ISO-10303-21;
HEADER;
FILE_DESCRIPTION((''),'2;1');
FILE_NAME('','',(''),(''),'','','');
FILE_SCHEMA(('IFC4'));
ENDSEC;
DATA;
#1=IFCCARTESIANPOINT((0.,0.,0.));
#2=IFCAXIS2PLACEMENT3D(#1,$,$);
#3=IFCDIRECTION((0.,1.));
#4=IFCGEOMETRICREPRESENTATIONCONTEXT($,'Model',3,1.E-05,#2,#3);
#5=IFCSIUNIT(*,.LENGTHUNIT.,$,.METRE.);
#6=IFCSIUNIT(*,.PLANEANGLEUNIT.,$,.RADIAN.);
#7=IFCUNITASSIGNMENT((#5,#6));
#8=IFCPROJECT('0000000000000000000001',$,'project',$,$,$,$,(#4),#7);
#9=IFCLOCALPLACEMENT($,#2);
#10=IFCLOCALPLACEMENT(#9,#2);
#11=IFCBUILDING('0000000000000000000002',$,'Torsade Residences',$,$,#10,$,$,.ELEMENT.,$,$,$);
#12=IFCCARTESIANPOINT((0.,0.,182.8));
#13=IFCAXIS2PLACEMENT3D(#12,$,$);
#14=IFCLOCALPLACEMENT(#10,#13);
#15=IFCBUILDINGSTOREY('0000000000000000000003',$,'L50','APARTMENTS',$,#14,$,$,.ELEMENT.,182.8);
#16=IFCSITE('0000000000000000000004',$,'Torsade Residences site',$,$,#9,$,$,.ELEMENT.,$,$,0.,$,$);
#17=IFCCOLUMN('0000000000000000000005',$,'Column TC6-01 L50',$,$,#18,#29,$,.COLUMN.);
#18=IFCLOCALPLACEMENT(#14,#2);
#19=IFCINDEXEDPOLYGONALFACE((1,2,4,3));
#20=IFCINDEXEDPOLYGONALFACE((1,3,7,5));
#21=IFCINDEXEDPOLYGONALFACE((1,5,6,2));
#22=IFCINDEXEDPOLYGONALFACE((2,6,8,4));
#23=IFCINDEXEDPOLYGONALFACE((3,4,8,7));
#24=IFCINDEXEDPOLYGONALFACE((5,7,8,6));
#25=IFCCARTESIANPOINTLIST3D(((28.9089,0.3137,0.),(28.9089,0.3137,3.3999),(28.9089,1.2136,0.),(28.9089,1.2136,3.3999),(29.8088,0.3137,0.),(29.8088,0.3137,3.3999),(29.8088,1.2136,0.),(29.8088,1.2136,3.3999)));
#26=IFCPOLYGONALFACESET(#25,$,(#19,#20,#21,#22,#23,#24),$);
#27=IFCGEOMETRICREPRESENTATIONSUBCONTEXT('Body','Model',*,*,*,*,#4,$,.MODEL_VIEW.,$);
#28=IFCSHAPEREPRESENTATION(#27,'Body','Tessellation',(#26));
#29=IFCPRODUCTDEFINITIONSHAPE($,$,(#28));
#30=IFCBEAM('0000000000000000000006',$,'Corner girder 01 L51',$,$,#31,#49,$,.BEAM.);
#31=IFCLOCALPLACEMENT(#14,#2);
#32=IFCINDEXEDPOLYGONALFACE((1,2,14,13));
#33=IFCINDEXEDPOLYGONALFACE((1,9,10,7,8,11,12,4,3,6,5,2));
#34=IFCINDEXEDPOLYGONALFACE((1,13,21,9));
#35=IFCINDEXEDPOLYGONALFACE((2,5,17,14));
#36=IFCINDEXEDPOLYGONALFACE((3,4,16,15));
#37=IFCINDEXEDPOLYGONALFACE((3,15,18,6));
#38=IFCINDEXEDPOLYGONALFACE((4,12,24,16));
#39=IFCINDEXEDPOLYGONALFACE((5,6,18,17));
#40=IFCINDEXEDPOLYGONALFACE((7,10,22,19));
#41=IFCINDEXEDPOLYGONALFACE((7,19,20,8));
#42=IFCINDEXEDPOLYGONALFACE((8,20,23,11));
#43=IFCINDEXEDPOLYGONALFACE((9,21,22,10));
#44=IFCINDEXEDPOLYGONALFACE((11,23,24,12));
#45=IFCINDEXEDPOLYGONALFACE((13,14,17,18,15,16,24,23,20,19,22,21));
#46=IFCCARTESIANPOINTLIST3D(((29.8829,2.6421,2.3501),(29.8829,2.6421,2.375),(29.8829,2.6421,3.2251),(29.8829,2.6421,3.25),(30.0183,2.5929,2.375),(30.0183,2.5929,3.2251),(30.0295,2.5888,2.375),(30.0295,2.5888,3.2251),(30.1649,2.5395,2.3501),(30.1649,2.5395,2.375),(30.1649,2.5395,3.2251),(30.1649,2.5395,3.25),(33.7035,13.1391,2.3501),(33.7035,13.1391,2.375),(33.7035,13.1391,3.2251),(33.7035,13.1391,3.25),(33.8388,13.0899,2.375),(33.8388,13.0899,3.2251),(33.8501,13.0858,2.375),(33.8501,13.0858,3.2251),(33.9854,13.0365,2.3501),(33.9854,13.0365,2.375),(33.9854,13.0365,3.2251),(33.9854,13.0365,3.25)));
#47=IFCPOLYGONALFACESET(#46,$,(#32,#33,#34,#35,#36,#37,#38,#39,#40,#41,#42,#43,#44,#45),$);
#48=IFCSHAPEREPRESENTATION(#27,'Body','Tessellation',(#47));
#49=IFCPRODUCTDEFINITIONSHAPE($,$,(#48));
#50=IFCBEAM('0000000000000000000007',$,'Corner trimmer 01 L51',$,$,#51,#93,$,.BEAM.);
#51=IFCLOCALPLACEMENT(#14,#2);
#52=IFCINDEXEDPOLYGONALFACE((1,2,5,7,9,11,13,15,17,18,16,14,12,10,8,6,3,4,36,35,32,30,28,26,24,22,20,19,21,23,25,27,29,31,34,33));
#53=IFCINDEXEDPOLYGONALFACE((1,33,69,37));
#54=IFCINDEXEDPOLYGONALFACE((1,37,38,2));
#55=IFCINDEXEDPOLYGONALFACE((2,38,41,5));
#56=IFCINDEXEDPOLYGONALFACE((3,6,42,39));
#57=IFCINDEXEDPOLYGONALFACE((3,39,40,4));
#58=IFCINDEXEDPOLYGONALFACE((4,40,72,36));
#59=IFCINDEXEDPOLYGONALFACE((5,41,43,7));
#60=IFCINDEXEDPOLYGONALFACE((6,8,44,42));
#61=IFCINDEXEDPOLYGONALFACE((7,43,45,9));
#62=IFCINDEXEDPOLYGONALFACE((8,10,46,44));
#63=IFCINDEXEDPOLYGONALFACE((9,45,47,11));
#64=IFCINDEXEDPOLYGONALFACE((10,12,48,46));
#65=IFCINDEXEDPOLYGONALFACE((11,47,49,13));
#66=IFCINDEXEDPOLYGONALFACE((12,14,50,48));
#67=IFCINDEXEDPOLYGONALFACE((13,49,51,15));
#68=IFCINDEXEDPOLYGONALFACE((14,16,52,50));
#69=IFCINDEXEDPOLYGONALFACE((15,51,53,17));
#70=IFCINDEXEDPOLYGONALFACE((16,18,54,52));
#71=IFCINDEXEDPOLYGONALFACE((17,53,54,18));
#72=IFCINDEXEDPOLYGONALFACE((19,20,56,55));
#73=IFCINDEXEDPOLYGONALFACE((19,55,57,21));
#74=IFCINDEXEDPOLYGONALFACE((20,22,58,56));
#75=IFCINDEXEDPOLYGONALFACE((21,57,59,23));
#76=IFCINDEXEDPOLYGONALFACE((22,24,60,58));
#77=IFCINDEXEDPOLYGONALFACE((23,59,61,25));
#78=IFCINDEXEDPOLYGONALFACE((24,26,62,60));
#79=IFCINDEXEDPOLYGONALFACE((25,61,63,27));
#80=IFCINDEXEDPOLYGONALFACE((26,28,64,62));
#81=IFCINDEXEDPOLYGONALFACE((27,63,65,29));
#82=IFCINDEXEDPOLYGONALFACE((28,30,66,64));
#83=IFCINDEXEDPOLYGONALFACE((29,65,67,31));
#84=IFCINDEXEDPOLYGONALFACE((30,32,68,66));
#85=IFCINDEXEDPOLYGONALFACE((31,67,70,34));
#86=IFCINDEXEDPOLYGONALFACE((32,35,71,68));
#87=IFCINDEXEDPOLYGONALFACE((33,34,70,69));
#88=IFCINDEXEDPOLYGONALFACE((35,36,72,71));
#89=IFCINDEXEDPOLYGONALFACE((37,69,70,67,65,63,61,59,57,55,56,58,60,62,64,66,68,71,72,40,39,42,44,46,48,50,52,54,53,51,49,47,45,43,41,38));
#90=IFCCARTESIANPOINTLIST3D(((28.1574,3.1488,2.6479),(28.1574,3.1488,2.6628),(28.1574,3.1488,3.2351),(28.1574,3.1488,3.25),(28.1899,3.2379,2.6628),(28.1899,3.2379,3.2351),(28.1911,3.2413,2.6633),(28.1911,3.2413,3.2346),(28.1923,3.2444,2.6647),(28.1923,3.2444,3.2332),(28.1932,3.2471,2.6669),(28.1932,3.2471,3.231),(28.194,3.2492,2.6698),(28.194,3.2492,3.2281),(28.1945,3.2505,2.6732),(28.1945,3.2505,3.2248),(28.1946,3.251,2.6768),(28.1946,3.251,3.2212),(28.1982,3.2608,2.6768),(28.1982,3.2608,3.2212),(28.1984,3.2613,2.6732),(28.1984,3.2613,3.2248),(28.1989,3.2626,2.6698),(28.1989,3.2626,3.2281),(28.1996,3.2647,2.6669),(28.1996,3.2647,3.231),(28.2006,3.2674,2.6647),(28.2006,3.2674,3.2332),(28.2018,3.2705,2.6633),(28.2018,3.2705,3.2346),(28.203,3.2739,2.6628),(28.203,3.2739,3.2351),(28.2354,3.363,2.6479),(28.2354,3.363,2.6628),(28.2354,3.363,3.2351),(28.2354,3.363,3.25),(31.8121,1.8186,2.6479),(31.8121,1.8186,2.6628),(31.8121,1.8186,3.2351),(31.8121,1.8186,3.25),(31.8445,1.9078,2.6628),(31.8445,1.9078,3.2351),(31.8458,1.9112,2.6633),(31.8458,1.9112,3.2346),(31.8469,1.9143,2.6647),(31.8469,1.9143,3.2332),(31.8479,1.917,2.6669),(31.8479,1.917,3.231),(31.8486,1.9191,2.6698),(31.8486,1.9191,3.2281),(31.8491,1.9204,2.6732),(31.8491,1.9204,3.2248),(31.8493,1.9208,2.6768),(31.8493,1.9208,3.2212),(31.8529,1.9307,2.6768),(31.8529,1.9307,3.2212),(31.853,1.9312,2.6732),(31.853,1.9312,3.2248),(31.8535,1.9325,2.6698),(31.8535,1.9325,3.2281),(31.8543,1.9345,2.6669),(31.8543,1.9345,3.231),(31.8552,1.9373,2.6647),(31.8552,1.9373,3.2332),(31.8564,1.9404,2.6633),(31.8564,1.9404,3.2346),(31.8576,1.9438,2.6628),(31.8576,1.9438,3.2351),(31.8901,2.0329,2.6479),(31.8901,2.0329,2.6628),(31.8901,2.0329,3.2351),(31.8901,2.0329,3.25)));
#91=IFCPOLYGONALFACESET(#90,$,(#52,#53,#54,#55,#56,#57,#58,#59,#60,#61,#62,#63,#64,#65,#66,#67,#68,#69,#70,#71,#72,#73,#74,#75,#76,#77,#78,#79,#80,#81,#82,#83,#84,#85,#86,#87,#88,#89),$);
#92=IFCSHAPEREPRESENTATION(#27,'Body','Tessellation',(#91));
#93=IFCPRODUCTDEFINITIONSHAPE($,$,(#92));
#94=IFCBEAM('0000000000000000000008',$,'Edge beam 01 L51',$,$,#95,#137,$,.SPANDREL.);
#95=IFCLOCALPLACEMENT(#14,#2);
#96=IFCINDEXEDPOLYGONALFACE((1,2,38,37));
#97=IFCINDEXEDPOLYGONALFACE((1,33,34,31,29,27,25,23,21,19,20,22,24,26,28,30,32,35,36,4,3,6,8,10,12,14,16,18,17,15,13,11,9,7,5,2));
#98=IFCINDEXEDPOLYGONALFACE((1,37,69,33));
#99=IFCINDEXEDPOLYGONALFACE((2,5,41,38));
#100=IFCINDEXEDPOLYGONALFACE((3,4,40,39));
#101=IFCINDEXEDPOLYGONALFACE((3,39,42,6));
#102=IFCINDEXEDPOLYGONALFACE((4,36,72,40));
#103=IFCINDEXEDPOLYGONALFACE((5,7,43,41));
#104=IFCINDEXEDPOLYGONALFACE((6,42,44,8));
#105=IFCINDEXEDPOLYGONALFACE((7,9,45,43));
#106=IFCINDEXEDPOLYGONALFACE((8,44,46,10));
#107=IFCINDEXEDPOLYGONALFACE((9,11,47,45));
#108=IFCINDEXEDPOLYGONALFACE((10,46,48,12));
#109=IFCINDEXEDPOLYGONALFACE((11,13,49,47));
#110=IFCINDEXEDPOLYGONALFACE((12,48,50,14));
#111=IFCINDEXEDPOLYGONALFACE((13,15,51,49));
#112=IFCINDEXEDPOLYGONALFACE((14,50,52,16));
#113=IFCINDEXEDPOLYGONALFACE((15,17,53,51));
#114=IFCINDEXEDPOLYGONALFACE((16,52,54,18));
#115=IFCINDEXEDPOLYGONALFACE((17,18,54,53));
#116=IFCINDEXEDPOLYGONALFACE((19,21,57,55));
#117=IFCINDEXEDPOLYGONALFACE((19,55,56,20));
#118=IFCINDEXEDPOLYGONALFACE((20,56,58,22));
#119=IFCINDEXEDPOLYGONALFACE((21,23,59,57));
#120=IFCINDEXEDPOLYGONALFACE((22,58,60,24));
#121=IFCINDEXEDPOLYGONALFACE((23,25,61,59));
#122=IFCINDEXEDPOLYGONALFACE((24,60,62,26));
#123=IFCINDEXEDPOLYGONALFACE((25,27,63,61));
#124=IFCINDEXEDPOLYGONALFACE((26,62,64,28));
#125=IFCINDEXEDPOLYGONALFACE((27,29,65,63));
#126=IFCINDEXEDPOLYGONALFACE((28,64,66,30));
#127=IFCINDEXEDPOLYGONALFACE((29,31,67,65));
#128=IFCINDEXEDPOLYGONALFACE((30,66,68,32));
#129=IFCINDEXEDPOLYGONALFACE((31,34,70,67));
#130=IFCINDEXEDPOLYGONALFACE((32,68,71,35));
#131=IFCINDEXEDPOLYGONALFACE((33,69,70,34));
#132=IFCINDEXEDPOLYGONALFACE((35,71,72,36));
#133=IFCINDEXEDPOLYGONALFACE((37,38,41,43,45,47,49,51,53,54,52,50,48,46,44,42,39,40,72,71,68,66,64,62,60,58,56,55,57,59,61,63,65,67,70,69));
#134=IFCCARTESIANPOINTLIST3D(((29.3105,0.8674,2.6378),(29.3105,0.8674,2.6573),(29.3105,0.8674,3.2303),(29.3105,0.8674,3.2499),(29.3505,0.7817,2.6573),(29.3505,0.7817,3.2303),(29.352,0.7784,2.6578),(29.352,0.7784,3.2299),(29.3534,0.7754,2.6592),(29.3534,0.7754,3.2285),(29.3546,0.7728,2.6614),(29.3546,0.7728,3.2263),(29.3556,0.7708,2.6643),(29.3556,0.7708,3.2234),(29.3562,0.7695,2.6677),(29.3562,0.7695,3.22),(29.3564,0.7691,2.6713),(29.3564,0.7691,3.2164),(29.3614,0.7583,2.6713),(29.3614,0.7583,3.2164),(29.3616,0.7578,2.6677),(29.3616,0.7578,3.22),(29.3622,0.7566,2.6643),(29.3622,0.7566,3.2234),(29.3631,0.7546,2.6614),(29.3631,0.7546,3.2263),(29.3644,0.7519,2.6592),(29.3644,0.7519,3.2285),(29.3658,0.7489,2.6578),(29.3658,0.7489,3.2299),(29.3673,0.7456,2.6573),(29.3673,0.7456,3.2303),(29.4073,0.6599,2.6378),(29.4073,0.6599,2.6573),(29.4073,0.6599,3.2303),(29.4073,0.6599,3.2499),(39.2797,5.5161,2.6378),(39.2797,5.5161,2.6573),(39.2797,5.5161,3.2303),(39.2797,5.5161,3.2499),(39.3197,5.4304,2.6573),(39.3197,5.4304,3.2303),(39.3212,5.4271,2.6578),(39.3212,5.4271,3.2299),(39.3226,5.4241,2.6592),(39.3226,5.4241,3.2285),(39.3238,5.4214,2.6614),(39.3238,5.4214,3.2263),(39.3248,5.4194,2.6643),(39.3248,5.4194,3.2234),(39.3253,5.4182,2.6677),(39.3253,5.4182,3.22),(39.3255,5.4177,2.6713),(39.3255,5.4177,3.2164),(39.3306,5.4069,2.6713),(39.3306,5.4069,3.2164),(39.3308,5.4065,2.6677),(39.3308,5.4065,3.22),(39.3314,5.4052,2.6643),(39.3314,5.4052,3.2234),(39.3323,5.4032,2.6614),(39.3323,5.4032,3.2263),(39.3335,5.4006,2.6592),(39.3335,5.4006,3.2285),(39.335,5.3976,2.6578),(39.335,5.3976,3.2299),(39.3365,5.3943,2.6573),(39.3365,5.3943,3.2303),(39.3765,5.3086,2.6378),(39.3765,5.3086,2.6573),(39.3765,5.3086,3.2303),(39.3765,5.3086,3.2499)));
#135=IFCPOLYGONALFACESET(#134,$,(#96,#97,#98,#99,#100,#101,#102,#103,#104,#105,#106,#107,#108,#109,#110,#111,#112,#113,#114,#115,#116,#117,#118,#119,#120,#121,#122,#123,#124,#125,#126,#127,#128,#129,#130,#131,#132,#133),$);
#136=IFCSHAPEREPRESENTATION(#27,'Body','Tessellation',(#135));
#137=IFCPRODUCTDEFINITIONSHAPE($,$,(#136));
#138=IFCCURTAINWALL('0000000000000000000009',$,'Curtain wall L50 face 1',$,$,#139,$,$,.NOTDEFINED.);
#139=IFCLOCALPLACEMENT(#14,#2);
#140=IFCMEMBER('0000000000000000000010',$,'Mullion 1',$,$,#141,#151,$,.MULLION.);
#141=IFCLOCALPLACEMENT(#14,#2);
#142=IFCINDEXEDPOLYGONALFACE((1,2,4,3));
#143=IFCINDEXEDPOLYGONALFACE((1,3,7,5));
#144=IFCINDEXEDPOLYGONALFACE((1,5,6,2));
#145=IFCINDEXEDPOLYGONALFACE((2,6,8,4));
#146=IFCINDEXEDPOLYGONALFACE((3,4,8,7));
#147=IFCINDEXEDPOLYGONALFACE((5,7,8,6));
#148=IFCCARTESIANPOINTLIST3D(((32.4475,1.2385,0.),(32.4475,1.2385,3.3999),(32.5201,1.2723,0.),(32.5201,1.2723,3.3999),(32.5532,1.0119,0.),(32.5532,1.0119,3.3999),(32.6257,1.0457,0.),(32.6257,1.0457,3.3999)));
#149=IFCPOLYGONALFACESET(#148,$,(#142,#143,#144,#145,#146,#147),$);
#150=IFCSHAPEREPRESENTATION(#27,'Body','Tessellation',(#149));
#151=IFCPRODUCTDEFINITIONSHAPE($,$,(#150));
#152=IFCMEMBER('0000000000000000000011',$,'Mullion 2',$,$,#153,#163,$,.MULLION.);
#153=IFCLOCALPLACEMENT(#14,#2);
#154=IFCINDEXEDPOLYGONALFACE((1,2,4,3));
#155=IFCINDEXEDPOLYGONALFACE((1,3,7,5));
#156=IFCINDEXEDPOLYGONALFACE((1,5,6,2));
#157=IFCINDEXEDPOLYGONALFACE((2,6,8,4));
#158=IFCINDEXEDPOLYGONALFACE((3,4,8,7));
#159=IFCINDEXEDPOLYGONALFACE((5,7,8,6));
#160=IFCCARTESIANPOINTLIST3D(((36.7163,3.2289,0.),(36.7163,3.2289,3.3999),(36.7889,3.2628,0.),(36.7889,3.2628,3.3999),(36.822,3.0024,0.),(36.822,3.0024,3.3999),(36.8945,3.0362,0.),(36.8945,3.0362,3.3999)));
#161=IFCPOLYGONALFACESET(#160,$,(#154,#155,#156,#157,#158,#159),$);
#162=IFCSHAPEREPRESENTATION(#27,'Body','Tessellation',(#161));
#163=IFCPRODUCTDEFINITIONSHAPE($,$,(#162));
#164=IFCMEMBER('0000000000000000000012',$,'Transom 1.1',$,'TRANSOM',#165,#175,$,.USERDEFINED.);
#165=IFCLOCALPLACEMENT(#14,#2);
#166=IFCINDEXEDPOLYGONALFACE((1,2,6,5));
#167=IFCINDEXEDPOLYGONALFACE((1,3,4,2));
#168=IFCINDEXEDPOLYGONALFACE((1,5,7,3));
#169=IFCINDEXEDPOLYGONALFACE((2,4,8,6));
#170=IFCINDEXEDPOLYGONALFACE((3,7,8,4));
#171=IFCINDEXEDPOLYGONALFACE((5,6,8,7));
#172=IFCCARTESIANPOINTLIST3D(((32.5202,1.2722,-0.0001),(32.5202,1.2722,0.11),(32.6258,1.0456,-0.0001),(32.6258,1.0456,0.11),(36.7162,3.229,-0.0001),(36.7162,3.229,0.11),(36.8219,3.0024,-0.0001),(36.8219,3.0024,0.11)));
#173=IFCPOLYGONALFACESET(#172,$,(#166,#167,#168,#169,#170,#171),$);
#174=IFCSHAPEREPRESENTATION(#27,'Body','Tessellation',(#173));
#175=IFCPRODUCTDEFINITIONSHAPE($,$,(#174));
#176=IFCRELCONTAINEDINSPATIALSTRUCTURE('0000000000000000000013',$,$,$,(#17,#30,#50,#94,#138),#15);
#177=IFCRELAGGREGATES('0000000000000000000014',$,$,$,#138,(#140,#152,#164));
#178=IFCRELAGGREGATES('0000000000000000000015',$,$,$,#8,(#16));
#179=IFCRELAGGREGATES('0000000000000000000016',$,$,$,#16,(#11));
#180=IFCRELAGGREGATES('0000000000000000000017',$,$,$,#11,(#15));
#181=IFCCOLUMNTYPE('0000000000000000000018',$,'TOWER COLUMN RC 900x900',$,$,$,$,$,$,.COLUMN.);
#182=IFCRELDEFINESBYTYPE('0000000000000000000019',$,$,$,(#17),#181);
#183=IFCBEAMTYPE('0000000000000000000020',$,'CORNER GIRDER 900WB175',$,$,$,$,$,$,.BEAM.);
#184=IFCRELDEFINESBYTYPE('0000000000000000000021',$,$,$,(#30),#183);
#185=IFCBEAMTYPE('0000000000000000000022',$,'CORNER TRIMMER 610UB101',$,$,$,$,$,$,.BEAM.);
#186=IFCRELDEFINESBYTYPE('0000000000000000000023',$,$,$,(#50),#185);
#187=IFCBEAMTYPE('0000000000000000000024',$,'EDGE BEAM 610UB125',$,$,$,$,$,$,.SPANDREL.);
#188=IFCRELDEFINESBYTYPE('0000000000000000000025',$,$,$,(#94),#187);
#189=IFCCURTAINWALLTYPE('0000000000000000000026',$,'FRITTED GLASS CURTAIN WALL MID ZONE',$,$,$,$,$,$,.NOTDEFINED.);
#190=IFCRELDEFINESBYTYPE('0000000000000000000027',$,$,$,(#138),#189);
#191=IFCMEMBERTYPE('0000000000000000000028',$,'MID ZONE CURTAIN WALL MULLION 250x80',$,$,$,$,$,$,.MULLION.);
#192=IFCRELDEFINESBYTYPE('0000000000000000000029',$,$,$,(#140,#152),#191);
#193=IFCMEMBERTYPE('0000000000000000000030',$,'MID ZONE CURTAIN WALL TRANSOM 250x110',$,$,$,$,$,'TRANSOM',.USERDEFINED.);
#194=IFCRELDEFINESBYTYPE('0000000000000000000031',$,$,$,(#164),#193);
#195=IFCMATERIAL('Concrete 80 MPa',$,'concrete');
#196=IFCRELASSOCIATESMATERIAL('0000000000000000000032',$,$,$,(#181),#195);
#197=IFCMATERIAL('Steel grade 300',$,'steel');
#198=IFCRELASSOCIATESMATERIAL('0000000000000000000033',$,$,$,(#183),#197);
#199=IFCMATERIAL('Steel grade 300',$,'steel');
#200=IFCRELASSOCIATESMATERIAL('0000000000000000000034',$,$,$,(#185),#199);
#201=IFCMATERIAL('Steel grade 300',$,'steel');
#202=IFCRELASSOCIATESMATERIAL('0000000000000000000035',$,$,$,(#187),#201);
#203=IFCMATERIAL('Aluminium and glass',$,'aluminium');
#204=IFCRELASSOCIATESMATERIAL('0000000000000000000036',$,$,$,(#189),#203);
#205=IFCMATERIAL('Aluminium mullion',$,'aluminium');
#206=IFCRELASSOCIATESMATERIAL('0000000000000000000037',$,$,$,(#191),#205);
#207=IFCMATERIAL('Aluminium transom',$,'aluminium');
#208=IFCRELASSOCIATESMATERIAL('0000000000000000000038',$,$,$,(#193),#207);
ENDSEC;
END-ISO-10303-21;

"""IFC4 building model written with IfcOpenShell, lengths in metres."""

from ifc_helpers import new_model, si_unit, direction, frame, origin, origin_2d, place, context, subcontext, project, spatial, rectangle, i_section, extrude, material, material_profile, profile_set, type_object, element, aggregate, save


model = new_model("IFC4")

# Units and contexts
model_context = context("Model", 3, precision=1e-05, world=origin(), true_north=direction((0.0, 1.0)))
body_context = subcontext(model_context, "Body", "Model", "MODEL_VIEW")
ifc_project = project(units=[si_unit("LENGTHUNIT", "METRE"), si_unit("PLANEANGLEUNIT", "RADIAN")], contexts=[model_context])

# Site, building, storey
site_placement = place(None, origin())
site = spatial("IfcSite", under=ifc_project, at=site_placement, Name="Torsade Residences site", CompositionType="ELEMENT", RefElevation=0.0)
building_placement = place(site_placement, origin())
building = spatial("IfcBuilding", under=site, at=building_placement, Name="Torsade Residences", CompositionType="ELEMENT")
storey_placement = place(building_placement, frame((0.0, 0.0, 182.8)))
storey = spatial("IfcBuildingStorey", under=building, at=storey_placement, Name="L50", Description="APARTMENTS", CompositionType="ELEMENT", Elevation=182.8)

# Column
ifc_material_1 = material(Name="Concrete 80 MPa", Category="concrete")
ifc_material_profile_1 = material_profile(ifc_material_1, rectangle(XDim=0.8999, YDim=0.8999, at=origin_2d()), Name="RC 900x900")
ifc_profile_set_1 = profile_set([ifc_material_profile_1], Name="Concrete 80 MPa")
column_type = type_object("IfcColumnType", Name="TOWER COLUMN RC 900x900", PredefinedType="COLUMN", material=ifc_profile_set_1)
column_placement = place(storey_placement, frame((29.3589, 0.7637, 0.0), z_axis=(0.0, 0.0, 1.0), x_axis=(1.0, 0.0, 0.0)))
element("IfcColumn", 1, at=column_placement, inside=storey, type_object=column_type, Name="Column TC6-01 L50", PredefinedType="COLUMN", context=body_context, shape_type="SweptSolid", body=[
    extrude(rectangle(XDim=0.8999, YDim=0.8999, at=origin_2d()), origin(), (0.0, 0.0, 1.0), 3.3999),
])

# Beams
ifc_material_2 = material(Name="Steel grade 300", Category="steel")
ifc_material_profile_2 = material_profile(ifc_material_2, i_section(OverallWidth=0.3, OverallDepth=0.8999, WebThickness=0.012, FlangeThickness=0.0249, at=origin_2d()), Name="900WB175")
ifc_profile_set_2 = profile_set([ifc_material_profile_2], Name="Steel grade 300")
beam_type_1 = type_object("IfcBeamType", Name="CORNER GIRDER 900WB175", PredefinedType="BEAM", material=ifc_profile_set_2)
beam_1_placement = place(storey_placement, frame((30.0239, 2.5908, 2.8), z_axis=(0.342015, 0.939694, 0.0), x_axis=(-0.939694, 0.342015, 0.0)))
element("IfcBeam", 2, at=beam_1_placement, inside=storey, type_object=beam_type_1, Name="Corner girder 01 L51", PredefinedType="BEAM", context=body_context, shape_type="SweptSolid", body=[
    extrude(i_section(OverallWidth=0.3, OverallDepth=0.8999, WebThickness=0.012, FlangeThickness=0.0249, at=origin_2d()), origin(), (0.0, 0.0, 1.0), 11.1707),
])
ifc_material_3 = material(Name="Steel grade 300", Category="steel")
ifc_material_profile_3 = material_profile(ifc_material_3, i_section(OverallWidth=0.228, OverallDepth=0.6021, WebThickness=0.0105, FlangeThickness=0.0149, FilletRadius=0.0139, at=origin_2d()), Name="610UB101")
ifc_profile_set_3 = profile_set([ifc_material_profile_3], Name="Steel grade 300")
beam_type_2 = type_object("IfcBeamType", Name="CORNER TRIMMER 610UB101", PredefinedType="BEAM", material=ifc_profile_set_3)
beam_2_placement = place(storey_placement, frame((31.8511, 1.9258, 2.949), z_axis=(-0.939698, 0.342005, 0.0), x_axis=(-0.342005, -0.939698, 0.0)))
element("IfcBeam", 3, at=beam_2_placement, inside=storey, type_object=beam_type_2, Name="Corner trimmer 01 L51", PredefinedType="BEAM", context=body_context, shape_type="SweptSolid", body=[
    extrude(i_section(OverallWidth=0.228, OverallDepth=0.6021, WebThickness=0.0105, FlangeThickness=0.0149, FilletRadius=0.0139, at=origin_2d()), origin(), (0.0, 0.0, 1.0), 3.8892),
])
ifc_material_4 = material(Name="Steel grade 300", Category="steel")
ifc_material_profile_4 = material_profile(ifc_material_4, i_section(OverallWidth=0.229, OverallDepth=0.6121, WebThickness=0.012, FlangeThickness=0.0195, FilletRadius=0.0139, at=origin_2d()), Name="610UB125")
ifc_profile_set_4 = profile_set([ifc_material_profile_4], Name="Steel grade 300")
beam_type_3 = type_object("IfcBeamType", Name="EDGE BEAM 610UB125", PredefinedType="SPANDREL", material=ifc_profile_set_4)
beam_3_placement = place(storey_placement, frame((29.3589, 0.7637, 2.9438), z_axis=(0.90631, 0.422614, 0.0), x_axis=(-0.422614, 0.90631, 0.0)))
element("IfcBeam", 4, at=beam_3_placement, inside=storey, type_object=beam_type_3, Name="Edge beam 01 L51", PredefinedType="SPANDREL", context=body_context, shape_type="SweptSolid", body=[
    extrude(i_section(OverallWidth=0.229, OverallDepth=0.6121, WebThickness=0.012, FlangeThickness=0.0195, FilletRadius=0.0139, at=origin_2d()), origin(), (0.0, 0.0, 1.0), 10.9998),
])

# Curtain wall, members
ifc_material_5 = material(Name="Aluminium and glass", Category="aluminium")
curtain_wall_type = type_object("IfcCurtainWallType", Name="FRITTED GLASS CURTAIN WALL MID ZONE", PredefinedType="NOTDEFINED", material=ifc_material_5)
curtain_wall_placement = place(storey_placement, origin())
curtain_wall = element("IfcCurtainWall", 5, at=curtain_wall_placement, inside=storey, type_object=curtain_wall_type, Name="Curtain wall L50 face 1", PredefinedType="NOTDEFINED")
ifc_material_6 = material(Name="Aluminium mullion", Category="aluminium")
ifc_material_profile_5 = material_profile(ifc_material_6, rectangle(XDim=0.25, YDim=0.0801, at=origin_2d()), Name="MID ZONE CURTAIN WALL MULLION 250x80")
ifc_profile_set_5 = profile_set([ifc_material_profile_5], Name="Aluminium mullion")
member_type_1 = type_object("IfcMemberType", Name="MID ZONE CURTAIN WALL MULLION 250x80", PredefinedType="MULLION", material=ifc_profile_set_5)
member_1_placement = place(storey_placement, frame((32.5366, 1.1421, 0.0), z_axis=(0.0, 0.0, 1.0), x_axis=(-0.422618, 0.906308, 0.0)))
member_1 = element("IfcMember", 6, at=member_1_placement, type_object=member_type_1, Name="Mullion 1", PredefinedType="MULLION", context=body_context, shape_type="SweptSolid", body=[
    extrude(rectangle(XDim=0.25, YDim=0.0801, at=origin_2d()), origin(), (0.0, 0.0, 1.0), 3.3999),
])
member_2_placement = place(storey_placement, frame((36.8054, 3.1326, 0.0), z_axis=(0.0, 0.0, 1.0), x_axis=(-0.422618, 0.906308, 0.0)))
member_2 = element("IfcMember", 7, at=member_2_placement, type_object=member_type_1, Name="Mullion 2", PredefinedType="MULLION", context=body_context, shape_type="SweptSolid", body=[
    extrude(rectangle(XDim=0.25, YDim=0.0801, at=origin_2d()), origin(), (0.0, 0.0, 1.0), 3.3999),
])
ifc_material_7 = material(Name="Aluminium transom", Category="aluminium")
ifc_material_profile_6 = material_profile(ifc_material_7, rectangle(XDim=0.25, YDim=0.1101, at=origin_2d()), Name="MID ZONE CURTAIN WALL TRANSOM 250x110")
ifc_profile_set_6 = profile_set([ifc_material_profile_6], Name="Aluminium transom")
member_type_2 = type_object("IfcMemberType", Name="MID ZONE CURTAIN WALL TRANSOM 250x110", ElementType="TRANSOM", PredefinedType="USERDEFINED", material=ifc_profile_set_6)
member_3_placement = place(storey_placement, frame((32.573, 1.1589, 0.0549), z_axis=(0.906296, 0.422643, 0.0), x_axis=(-0.422643, 0.906296, 0.0)))
member_3 = element("IfcMember", 8, at=member_3_placement, type_object=member_type_2, Name="Transom 1.1", ObjectType="TRANSOM", PredefinedType="USERDEFINED", context=body_context, shape_type="SweptSolid", body=[
    extrude(rectangle(XDim=0.25, YDim=0.1101, at=origin_2d()), origin(), (0.0, 0.0, 1.0), 4.6299),
])

aggregate(curtain_wall, [member_1, member_2, member_3])

save(model, "model.ifc")
